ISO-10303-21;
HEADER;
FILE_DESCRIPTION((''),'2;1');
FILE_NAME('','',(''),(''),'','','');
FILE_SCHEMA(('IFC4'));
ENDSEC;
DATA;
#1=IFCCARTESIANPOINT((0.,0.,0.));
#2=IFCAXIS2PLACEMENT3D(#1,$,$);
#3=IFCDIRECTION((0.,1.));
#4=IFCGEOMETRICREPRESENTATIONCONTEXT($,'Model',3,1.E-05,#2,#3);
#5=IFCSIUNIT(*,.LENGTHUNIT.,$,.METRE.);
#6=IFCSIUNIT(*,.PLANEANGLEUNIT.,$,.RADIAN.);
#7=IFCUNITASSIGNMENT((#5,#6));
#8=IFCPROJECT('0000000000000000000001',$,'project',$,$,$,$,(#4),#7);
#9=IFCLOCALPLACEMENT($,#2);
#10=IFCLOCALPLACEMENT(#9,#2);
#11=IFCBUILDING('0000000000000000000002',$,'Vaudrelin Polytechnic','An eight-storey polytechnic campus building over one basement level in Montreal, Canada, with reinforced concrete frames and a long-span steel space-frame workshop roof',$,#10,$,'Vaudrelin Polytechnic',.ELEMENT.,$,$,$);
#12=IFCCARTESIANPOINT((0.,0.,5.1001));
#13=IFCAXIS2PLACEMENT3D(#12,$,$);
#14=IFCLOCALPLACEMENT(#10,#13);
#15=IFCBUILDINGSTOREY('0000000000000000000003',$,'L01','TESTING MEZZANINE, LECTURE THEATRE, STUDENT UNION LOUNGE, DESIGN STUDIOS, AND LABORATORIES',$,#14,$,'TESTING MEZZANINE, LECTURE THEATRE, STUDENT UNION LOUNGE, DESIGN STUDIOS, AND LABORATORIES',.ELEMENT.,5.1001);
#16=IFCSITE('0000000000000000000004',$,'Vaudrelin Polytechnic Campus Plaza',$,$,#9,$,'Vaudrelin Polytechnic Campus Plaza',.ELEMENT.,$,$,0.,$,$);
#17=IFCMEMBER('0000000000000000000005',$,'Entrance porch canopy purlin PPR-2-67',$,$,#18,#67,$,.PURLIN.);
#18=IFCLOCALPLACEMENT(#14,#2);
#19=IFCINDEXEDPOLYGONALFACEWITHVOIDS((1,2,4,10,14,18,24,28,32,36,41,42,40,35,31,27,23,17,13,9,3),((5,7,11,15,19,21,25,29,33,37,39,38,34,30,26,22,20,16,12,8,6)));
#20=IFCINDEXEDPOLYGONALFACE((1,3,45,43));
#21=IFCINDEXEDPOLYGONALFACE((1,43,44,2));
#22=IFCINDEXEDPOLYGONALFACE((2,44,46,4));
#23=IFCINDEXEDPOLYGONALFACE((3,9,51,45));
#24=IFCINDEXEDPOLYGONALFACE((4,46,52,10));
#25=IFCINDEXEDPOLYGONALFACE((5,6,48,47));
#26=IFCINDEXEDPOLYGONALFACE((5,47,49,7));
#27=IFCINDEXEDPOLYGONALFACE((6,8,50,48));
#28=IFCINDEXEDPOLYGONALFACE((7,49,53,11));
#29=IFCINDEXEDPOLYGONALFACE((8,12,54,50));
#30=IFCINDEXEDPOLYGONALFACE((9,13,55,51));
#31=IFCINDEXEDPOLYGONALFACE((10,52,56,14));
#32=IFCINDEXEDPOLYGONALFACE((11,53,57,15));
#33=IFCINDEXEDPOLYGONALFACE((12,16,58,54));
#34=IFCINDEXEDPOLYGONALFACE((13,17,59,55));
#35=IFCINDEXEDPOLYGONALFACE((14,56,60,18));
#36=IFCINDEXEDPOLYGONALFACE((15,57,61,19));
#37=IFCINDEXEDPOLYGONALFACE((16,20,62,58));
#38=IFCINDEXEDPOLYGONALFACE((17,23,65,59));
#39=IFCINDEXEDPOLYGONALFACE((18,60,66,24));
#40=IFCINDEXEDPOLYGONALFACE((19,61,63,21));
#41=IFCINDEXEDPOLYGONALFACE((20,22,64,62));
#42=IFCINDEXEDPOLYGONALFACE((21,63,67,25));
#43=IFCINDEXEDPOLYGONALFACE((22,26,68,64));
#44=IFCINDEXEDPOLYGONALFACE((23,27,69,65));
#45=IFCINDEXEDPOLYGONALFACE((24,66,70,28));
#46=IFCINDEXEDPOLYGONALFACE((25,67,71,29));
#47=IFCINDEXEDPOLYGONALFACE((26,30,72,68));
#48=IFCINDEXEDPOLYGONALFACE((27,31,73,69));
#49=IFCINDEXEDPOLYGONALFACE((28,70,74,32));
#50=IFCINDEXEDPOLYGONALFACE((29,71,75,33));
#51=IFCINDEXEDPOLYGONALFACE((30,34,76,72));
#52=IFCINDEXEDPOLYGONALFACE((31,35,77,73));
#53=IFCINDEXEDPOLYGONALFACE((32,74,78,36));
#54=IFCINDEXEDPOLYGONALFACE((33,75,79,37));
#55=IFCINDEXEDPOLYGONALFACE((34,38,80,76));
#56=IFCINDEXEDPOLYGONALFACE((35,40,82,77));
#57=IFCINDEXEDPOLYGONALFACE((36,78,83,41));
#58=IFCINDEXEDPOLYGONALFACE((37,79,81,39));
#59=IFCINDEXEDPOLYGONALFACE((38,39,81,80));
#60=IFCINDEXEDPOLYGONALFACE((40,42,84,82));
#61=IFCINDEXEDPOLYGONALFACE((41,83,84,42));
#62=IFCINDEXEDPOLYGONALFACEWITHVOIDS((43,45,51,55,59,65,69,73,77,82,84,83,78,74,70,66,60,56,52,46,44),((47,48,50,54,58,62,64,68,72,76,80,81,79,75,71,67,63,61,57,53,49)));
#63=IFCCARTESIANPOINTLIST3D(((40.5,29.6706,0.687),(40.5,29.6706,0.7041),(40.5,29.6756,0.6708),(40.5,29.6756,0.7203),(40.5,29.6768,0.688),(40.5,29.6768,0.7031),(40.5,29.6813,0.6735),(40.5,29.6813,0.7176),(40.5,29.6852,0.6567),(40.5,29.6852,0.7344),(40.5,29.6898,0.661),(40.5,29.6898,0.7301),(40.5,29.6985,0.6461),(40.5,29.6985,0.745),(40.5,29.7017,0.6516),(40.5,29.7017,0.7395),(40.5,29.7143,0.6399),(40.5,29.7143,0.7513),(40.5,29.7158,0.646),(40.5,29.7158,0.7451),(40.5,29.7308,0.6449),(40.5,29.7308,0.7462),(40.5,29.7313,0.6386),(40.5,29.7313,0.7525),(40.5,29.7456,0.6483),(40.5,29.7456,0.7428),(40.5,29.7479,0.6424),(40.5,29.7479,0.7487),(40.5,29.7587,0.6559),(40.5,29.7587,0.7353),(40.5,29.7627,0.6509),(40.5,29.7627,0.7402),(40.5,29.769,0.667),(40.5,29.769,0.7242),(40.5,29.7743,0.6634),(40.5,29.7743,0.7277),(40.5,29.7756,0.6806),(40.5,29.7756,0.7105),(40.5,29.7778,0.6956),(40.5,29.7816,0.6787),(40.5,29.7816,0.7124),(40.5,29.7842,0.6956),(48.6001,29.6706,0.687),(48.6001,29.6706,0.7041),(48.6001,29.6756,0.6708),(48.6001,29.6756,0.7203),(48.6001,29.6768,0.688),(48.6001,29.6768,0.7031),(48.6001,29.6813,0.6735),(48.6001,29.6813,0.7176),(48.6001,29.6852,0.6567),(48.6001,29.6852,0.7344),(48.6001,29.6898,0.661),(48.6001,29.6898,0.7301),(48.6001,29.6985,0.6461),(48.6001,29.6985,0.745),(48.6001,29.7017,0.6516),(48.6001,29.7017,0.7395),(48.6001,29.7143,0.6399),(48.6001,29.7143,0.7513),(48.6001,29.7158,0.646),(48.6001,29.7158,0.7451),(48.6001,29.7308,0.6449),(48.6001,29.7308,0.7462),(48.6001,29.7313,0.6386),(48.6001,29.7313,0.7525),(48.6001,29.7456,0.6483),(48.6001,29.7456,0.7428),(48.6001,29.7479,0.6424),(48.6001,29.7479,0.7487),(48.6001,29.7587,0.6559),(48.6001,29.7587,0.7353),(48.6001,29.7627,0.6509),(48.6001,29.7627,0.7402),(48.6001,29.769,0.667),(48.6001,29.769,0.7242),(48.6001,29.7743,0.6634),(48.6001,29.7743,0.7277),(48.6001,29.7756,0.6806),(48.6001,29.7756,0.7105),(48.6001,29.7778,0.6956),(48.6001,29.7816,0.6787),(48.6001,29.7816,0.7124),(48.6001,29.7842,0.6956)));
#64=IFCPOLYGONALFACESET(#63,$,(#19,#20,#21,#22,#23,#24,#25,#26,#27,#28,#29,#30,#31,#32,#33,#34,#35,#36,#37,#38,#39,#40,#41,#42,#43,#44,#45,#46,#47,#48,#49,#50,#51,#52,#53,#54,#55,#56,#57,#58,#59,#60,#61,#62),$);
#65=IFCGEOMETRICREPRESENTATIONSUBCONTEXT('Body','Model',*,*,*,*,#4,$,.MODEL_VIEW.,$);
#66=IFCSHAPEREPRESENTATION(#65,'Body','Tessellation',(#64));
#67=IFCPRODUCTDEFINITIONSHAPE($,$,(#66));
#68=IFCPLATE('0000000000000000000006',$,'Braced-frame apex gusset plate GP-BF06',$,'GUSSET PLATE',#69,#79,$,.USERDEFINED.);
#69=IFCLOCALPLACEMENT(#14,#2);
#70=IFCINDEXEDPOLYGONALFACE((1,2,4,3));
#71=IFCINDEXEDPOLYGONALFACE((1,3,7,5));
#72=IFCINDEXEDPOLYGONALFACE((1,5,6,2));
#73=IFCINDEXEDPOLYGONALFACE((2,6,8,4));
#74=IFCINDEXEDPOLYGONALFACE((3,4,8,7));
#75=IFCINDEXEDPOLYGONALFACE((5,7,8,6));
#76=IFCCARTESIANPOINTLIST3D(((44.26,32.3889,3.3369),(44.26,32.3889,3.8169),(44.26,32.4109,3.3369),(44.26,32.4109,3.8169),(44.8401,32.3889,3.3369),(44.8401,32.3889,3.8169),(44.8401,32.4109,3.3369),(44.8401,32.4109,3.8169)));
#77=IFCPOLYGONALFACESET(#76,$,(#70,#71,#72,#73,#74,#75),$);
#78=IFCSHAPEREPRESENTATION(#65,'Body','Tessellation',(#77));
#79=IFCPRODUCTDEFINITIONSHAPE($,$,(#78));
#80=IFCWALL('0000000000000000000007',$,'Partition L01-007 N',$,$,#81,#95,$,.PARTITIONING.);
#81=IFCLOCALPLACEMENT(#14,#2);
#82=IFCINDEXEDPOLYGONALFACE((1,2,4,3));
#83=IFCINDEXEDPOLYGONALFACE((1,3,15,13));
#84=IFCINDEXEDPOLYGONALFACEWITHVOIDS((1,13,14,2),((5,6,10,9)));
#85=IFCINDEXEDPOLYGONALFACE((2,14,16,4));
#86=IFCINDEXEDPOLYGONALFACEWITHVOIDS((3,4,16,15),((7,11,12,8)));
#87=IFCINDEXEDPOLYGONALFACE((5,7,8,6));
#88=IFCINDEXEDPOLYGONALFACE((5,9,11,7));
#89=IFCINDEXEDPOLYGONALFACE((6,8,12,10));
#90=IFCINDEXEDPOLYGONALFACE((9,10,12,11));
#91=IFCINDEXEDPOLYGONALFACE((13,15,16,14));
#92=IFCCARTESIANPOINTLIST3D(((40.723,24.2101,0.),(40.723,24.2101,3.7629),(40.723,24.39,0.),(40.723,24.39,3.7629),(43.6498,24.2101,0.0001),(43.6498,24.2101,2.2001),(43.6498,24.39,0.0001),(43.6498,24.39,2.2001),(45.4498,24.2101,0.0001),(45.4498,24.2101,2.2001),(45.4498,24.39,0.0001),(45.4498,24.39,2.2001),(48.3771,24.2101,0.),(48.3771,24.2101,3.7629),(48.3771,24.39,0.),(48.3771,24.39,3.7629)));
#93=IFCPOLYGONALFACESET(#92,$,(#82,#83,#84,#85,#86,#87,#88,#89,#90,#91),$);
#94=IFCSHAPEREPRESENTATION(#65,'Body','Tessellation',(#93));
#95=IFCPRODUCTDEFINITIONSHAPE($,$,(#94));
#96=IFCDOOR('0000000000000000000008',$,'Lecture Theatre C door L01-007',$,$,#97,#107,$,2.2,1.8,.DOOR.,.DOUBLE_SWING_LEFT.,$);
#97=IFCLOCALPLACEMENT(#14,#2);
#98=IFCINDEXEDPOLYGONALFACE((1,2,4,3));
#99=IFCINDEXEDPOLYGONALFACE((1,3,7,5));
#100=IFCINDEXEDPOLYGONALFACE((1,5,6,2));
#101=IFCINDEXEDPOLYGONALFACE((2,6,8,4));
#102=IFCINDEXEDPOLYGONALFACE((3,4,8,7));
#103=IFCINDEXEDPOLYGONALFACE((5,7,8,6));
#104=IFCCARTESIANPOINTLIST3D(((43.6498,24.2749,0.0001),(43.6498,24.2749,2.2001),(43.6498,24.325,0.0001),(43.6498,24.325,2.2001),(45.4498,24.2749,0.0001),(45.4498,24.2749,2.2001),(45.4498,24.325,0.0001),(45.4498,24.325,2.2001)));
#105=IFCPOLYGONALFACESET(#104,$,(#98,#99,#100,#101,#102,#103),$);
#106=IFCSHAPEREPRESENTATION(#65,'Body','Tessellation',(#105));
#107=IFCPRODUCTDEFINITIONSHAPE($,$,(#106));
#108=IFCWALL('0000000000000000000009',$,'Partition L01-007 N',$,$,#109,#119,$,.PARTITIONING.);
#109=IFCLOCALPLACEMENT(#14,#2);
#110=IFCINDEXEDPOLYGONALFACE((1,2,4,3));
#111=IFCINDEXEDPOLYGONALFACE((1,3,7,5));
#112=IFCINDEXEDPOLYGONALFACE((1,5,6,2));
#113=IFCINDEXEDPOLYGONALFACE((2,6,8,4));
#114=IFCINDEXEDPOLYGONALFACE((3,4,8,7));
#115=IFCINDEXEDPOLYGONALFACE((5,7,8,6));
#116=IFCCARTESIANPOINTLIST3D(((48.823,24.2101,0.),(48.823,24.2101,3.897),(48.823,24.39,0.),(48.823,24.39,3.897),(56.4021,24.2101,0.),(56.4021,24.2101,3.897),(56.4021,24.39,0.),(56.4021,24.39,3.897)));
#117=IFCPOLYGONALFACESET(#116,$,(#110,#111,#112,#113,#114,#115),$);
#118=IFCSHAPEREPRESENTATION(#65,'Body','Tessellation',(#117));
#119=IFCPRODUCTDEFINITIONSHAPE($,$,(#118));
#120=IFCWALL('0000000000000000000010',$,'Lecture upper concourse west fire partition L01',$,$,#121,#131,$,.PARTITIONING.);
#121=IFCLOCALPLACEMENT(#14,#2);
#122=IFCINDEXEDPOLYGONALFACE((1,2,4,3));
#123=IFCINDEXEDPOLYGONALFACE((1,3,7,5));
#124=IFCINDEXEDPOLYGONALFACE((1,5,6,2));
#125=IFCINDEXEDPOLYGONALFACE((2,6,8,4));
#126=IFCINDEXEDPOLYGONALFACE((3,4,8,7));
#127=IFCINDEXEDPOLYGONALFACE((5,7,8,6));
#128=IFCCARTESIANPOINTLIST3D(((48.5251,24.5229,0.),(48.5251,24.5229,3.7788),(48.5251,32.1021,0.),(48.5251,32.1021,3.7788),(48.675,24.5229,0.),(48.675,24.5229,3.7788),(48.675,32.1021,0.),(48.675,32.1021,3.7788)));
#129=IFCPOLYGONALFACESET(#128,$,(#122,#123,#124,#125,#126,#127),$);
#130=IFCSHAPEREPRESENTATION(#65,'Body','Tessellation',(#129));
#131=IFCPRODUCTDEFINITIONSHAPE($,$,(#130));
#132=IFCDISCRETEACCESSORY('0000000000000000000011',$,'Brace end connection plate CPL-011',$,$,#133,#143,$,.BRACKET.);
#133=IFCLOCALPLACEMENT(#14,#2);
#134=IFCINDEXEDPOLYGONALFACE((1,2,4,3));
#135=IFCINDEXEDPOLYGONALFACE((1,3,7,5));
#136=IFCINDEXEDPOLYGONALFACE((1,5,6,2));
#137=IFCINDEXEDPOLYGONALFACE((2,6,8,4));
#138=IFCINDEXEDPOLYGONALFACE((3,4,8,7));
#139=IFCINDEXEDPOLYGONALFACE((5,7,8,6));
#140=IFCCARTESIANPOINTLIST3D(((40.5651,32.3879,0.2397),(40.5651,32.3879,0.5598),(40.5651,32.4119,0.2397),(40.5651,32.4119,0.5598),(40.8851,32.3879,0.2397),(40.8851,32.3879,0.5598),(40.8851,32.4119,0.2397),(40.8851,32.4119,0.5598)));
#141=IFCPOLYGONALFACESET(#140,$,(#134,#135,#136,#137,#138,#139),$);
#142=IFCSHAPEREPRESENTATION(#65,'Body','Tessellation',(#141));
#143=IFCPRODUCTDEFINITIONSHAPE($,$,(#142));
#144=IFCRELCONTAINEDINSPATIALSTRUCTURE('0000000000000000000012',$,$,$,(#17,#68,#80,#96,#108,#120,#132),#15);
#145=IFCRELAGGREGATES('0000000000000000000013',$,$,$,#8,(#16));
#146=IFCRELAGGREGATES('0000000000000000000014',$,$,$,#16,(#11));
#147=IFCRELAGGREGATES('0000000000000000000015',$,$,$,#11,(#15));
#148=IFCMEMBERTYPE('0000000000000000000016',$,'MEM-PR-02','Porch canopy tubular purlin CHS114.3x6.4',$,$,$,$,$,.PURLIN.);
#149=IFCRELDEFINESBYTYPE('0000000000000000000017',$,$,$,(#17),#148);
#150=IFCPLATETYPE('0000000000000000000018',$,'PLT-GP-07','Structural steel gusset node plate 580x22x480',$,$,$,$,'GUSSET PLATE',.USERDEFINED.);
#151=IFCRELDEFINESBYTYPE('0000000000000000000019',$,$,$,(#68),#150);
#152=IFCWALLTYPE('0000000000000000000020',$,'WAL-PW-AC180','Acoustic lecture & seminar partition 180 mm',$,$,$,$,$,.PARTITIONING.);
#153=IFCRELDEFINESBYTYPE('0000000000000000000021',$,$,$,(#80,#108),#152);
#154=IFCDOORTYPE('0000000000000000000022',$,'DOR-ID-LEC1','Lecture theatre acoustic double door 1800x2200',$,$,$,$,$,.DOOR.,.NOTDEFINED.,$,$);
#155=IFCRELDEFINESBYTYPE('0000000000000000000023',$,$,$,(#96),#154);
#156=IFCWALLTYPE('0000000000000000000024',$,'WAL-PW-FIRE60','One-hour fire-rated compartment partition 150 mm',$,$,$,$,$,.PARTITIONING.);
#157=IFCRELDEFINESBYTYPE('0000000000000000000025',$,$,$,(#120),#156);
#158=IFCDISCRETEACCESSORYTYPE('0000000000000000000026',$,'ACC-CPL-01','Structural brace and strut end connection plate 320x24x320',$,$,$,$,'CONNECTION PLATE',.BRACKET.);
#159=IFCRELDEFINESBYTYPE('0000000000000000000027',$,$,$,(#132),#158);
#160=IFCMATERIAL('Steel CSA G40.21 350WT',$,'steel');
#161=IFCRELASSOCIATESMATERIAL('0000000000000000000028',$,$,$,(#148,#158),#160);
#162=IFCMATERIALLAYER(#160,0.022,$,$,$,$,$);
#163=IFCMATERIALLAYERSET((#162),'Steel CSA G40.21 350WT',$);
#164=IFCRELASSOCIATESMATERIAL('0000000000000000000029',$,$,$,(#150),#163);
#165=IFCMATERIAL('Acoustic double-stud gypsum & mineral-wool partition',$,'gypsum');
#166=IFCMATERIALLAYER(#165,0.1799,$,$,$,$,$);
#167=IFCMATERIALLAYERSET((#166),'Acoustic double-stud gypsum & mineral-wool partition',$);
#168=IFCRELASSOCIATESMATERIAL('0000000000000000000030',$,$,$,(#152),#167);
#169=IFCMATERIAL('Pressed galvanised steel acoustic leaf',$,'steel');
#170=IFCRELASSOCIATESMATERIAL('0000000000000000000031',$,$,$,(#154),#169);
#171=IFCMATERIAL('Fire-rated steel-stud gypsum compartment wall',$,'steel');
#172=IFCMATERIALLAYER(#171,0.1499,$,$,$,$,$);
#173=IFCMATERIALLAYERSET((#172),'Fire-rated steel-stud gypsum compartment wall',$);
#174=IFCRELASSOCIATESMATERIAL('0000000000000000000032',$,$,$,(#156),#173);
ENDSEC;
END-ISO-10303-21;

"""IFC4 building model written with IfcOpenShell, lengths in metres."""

from ifc_helpers import new_model, si_unit, direction, frame, frame_2d, origin, origin_2d, place, context, subcontext, project, spatial, rectangle, hollow_circle, extrude, material, layer, layer_set, material_profile, profile_set, type_object, element, fill, save


model = new_model("IFC4")

# Units and contexts
model_context = context("Model", 3, precision=1e-05, world=origin(), true_north=direction((0.0, 1.0)))
body_context = subcontext(model_context, "Body", "Model", "MODEL_VIEW")
ifc_project = project(units=[si_unit("LENGTHUNIT", "METRE"), si_unit("PLANEANGLEUNIT", "RADIAN")], contexts=[model_context])

# Site, building, storey
site_placement = place(None, origin())
site = spatial("IfcSite", under=ifc_project, at=site_placement, Name="Vaudrelin Polytechnic Campus Plaza", LongName="Vaudrelin Polytechnic Campus Plaza", CompositionType="ELEMENT", RefElevation=0.0)
building_placement = place(site_placement, origin())
building = spatial("IfcBuilding", under=site, at=building_placement, Name="Vaudrelin Polytechnic", Description="An eight-storey polytechnic campus building over one basement level in Montreal, Canada, with reinforced concrete frames and a long-span steel space-frame workshop roof", LongName="Vaudrelin Polytechnic", CompositionType="ELEMENT")
storey_placement = place(building_placement, frame((0.0, 0.0, 5.1001)))
storey = spatial("IfcBuildingStorey", under=building, at=storey_placement, Name="L01", Description="TESTING MEZZANINE, LECTURE THEATRE, STUDENT UNION LOUNGE, DESIGN STUDIOS, AND LABORATORIES", LongName="TESTING MEZZANINE, LECTURE THEATRE, STUDENT UNION LOUNGE, DESIGN STUDIOS, AND LABORATORIES", CompositionType="ELEMENT", Elevation=5.1001)

# Shared definitions
ifc_material_1 = material(Name="Steel CSA G40.21 350WT", Category="steel")

# Member
ifc_material_profile_1 = material_profile(ifc_material_1, hollow_circle(Radius=0.0571, WallThickness=0.0063, at=origin_2d()), Name="CHS114.3x6.4")
ifc_profile_set_1 = profile_set([ifc_material_profile_1], Name="Steel CSA G40.21 350WT")
member_type_1 = type_object("IfcMemberType", Name="MEM-PR-02", Description="Porch canopy tubular purlin CHS114.3x6.4", PredefinedType="PURLIN", material=ifc_profile_set_1)
for number, where, z_axis, x_axis, name in (
    (1, (40.5, 29.7271, 0.6956), (1.0, 0.0, 0.0), (0.0, 1.0, 0.0), "Entrance porch canopy purlin PPR-2-67"),
):
    element("IfcMember", number, at=place(storey_placement, frame(where, z_axis=z_axis, x_axis=x_axis)), inside=storey, type_object=member_type_1, Name=name, PredefinedType="PURLIN", context=body_context, shape_type="SweptSolid", body=[
        extrude(hollow_circle(Radius=0.0571, WallThickness=0.0063, at=origin_2d()), origin(), (0.0, 0.0, 1.0), 8.1001),
    ])

# Plate
ifc_layer_1 = layer(ifc_material_1, 0.022)
ifc_layer_set_1 = layer_set([ifc_layer_1], Name="Steel CSA G40.21 350WT")
plate_type = type_object("IfcPlateType", Name="PLT-GP-07", Description="Structural steel gusset node plate 580x22x480", ElementType="GUSSET PLATE", PredefinedType="USERDEFINED", material=ifc_layer_set_1)
plate_placement = place(storey_placement, frame((44.55, 32.3999, 3.3369), z_axis=(0.0, 0.0, 1.0), x_axis=(1.0, 0.0, 0.0)))
element("IfcPlate", 2, at=plate_placement, inside=storey, type_object=plate_type, Name="Braced-frame apex gusset plate GP-BF06", ObjectType="GUSSET PLATE", PredefinedType="USERDEFINED", context=body_context, shape_type="SweptSolid", body=[
    extrude(rectangle(XDim=0.5801, YDim=0.022, at=origin_2d()), origin(), (0.0, 0.0, 1.0), 0.48),
])

# Wall, opening, door
ifc_material_2 = material(Name="Acoustic double-stud gypsum & mineral-wool partition", Category="gypsum")
ifc_layer_2 = layer(ifc_material_2, 0.1799)
ifc_layer_set_2 = layer_set([ifc_layer_2], Name="Acoustic double-stud gypsum & mineral-wool partition")
wall_type_1 = type_object("IfcWallType", Name="WAL-PW-AC180", Description="Acoustic lecture & seminar partition 180 mm", PredefinedType="PARTITIONING", material=ifc_layer_set_2)
wall_1_placement = place(storey_placement, frame((40.7229, 24.3, 0.0), z_axis=(0.0, 0.0, 1.0), x_axis=(1.0, 0.0, 0.0)))
wall_1 = element("IfcWall", 3, at=wall_1_placement, inside=storey, type_object=wall_type_1, Name="Partition L01-007 N", PredefinedType="PARTITIONING", context=body_context, shape_type="SweptSolid", body=[
    extrude(rectangle(XDim=7.6541, YDim=0.1799, at=frame_2d((3.8271, 0.0))), origin(), (0.0, 0.0, 1.0), 3.7629),
])
opening_placement = place(wall_1_placement, frame((2.927, 0.0, 0.0)))
opening = element("IfcOpeningElement", 4, at=opening_placement, cuts=wall_1, PredefinedType="OPENING", context=body_context, shape_type="SweptSolid", body=[
    extrude(rectangle(XDim=1.8, YDim=2.2, at=frame_2d((0.8999, 1.1001))), frame((0.0, 0.1001, 0.0), z_axis=(0.0, -1.0, 0.0), x_axis=(1.0, 0.0, 0.0)), (0.0, 0.0, 1.0), 0.2),
])
ifc_material_3 = material(Name="Pressed galvanised steel acoustic leaf", Category="steel")
door_type = type_object("IfcDoorType", Name="DOR-ID-LEC1", Description="Lecture theatre acoustic double door 1800x2200", OperationType="NOTDEFINED", PredefinedType="DOOR", material=ifc_material_3)
door_placement = place(opening_placement, origin())
door = element("IfcDoor", 5, at=door_placement, inside=storey, type_object=door_type, Name="Lecture Theatre C door L01-007", OperationType="DOUBLE_SWING_LEFT", OverallHeight=2.2, OverallWidth=1.8, PredefinedType="DOOR", context=body_context, shape_type="SweptSolid", body=[
    extrude(rectangle(XDim=1.8, YDim=2.2, at=frame_2d((0.8999, 1.1001))), frame((0.0, 0.0249, 0.0), z_axis=(0.0, -1.0, 0.0), x_axis=(1.0, 0.0, 0.0)), (0.0, 0.0, 1.0), 0.05),
])
fill(opening, door)

# Walls
wall_2_placement = place(storey_placement, frame((48.823, 24.3, 0.0), z_axis=(0.0, 0.0, 1.0), x_axis=(1.0, 0.0, 0.0)))
element("IfcWall", 6, at=wall_2_placement, inside=storey, type_object=wall_type_1, Name="Partition L01-007 N", PredefinedType="PARTITIONING", context=body_context, shape_type="SweptSolid", body=[
    extrude(rectangle(XDim=7.5791, YDim=0.1799, at=frame_2d((3.7896, 0.0))), origin(), (0.0, 0.0, 1.0), 3.897),
])
ifc_material_4 = material(Name="Fire-rated steel-stud gypsum compartment wall", Category="steel")
ifc_layer_3 = layer(ifc_material_4, 0.1499)
ifc_layer_set_3 = layer_set([ifc_layer_3], Name="Fire-rated steel-stud gypsum compartment wall")
wall_type_2 = type_object("IfcWallType", Name="WAL-PW-FIRE60", Description="One-hour fire-rated compartment partition 150 mm", PredefinedType="PARTITIONING", material=ifc_layer_set_3)
wall_3_placement = place(storey_placement, frame((48.6001, 24.5229, 0.0), z_axis=(0.0, 0.0, 1.0), x_axis=(0.0, 1.0, 0.0)))
element("IfcWall", 7, at=wall_3_placement, inside=storey, type_object=wall_type_2, Name="Lecture upper concourse west fire partition L01", PredefinedType="PARTITIONING", context=body_context, shape_type="SweptSolid", body=[
    extrude(rectangle(XDim=7.5791, YDim=0.1499, at=frame_2d((3.7896, 0.0))), origin(), (0.0, 0.0, 1.0), 3.7788),
])

# Discrete accessory
discrete_accessory_type = type_object("IfcDiscreteAccessoryType", Name="ACC-CPL-01", Description="Structural brace and strut end connection plate 320x24x320", ElementType="CONNECTION PLATE", PredefinedType="BRACKET", material=ifc_material_1)
discrete_accessory_placement = place(storey_placement, frame((40.7251, 32.3999, 0.2397), z_axis=(0.0, 0.0, 1.0), x_axis=(1.0, 0.0, 0.0)))
element("IfcDiscreteAccessory", 8, at=discrete_accessory_placement, inside=storey, type_object=discrete_accessory_type, Name="Brace end connection plate CPL-011", PredefinedType="BRACKET", context=body_context, shape_type="SweptSolid", body=[
    extrude(rectangle(XDim=0.3201, YDim=0.0239, at=origin_2d()), origin(), (0.0, 0.0, 1.0), 0.3201),
])

save(model, "model.ifc")
